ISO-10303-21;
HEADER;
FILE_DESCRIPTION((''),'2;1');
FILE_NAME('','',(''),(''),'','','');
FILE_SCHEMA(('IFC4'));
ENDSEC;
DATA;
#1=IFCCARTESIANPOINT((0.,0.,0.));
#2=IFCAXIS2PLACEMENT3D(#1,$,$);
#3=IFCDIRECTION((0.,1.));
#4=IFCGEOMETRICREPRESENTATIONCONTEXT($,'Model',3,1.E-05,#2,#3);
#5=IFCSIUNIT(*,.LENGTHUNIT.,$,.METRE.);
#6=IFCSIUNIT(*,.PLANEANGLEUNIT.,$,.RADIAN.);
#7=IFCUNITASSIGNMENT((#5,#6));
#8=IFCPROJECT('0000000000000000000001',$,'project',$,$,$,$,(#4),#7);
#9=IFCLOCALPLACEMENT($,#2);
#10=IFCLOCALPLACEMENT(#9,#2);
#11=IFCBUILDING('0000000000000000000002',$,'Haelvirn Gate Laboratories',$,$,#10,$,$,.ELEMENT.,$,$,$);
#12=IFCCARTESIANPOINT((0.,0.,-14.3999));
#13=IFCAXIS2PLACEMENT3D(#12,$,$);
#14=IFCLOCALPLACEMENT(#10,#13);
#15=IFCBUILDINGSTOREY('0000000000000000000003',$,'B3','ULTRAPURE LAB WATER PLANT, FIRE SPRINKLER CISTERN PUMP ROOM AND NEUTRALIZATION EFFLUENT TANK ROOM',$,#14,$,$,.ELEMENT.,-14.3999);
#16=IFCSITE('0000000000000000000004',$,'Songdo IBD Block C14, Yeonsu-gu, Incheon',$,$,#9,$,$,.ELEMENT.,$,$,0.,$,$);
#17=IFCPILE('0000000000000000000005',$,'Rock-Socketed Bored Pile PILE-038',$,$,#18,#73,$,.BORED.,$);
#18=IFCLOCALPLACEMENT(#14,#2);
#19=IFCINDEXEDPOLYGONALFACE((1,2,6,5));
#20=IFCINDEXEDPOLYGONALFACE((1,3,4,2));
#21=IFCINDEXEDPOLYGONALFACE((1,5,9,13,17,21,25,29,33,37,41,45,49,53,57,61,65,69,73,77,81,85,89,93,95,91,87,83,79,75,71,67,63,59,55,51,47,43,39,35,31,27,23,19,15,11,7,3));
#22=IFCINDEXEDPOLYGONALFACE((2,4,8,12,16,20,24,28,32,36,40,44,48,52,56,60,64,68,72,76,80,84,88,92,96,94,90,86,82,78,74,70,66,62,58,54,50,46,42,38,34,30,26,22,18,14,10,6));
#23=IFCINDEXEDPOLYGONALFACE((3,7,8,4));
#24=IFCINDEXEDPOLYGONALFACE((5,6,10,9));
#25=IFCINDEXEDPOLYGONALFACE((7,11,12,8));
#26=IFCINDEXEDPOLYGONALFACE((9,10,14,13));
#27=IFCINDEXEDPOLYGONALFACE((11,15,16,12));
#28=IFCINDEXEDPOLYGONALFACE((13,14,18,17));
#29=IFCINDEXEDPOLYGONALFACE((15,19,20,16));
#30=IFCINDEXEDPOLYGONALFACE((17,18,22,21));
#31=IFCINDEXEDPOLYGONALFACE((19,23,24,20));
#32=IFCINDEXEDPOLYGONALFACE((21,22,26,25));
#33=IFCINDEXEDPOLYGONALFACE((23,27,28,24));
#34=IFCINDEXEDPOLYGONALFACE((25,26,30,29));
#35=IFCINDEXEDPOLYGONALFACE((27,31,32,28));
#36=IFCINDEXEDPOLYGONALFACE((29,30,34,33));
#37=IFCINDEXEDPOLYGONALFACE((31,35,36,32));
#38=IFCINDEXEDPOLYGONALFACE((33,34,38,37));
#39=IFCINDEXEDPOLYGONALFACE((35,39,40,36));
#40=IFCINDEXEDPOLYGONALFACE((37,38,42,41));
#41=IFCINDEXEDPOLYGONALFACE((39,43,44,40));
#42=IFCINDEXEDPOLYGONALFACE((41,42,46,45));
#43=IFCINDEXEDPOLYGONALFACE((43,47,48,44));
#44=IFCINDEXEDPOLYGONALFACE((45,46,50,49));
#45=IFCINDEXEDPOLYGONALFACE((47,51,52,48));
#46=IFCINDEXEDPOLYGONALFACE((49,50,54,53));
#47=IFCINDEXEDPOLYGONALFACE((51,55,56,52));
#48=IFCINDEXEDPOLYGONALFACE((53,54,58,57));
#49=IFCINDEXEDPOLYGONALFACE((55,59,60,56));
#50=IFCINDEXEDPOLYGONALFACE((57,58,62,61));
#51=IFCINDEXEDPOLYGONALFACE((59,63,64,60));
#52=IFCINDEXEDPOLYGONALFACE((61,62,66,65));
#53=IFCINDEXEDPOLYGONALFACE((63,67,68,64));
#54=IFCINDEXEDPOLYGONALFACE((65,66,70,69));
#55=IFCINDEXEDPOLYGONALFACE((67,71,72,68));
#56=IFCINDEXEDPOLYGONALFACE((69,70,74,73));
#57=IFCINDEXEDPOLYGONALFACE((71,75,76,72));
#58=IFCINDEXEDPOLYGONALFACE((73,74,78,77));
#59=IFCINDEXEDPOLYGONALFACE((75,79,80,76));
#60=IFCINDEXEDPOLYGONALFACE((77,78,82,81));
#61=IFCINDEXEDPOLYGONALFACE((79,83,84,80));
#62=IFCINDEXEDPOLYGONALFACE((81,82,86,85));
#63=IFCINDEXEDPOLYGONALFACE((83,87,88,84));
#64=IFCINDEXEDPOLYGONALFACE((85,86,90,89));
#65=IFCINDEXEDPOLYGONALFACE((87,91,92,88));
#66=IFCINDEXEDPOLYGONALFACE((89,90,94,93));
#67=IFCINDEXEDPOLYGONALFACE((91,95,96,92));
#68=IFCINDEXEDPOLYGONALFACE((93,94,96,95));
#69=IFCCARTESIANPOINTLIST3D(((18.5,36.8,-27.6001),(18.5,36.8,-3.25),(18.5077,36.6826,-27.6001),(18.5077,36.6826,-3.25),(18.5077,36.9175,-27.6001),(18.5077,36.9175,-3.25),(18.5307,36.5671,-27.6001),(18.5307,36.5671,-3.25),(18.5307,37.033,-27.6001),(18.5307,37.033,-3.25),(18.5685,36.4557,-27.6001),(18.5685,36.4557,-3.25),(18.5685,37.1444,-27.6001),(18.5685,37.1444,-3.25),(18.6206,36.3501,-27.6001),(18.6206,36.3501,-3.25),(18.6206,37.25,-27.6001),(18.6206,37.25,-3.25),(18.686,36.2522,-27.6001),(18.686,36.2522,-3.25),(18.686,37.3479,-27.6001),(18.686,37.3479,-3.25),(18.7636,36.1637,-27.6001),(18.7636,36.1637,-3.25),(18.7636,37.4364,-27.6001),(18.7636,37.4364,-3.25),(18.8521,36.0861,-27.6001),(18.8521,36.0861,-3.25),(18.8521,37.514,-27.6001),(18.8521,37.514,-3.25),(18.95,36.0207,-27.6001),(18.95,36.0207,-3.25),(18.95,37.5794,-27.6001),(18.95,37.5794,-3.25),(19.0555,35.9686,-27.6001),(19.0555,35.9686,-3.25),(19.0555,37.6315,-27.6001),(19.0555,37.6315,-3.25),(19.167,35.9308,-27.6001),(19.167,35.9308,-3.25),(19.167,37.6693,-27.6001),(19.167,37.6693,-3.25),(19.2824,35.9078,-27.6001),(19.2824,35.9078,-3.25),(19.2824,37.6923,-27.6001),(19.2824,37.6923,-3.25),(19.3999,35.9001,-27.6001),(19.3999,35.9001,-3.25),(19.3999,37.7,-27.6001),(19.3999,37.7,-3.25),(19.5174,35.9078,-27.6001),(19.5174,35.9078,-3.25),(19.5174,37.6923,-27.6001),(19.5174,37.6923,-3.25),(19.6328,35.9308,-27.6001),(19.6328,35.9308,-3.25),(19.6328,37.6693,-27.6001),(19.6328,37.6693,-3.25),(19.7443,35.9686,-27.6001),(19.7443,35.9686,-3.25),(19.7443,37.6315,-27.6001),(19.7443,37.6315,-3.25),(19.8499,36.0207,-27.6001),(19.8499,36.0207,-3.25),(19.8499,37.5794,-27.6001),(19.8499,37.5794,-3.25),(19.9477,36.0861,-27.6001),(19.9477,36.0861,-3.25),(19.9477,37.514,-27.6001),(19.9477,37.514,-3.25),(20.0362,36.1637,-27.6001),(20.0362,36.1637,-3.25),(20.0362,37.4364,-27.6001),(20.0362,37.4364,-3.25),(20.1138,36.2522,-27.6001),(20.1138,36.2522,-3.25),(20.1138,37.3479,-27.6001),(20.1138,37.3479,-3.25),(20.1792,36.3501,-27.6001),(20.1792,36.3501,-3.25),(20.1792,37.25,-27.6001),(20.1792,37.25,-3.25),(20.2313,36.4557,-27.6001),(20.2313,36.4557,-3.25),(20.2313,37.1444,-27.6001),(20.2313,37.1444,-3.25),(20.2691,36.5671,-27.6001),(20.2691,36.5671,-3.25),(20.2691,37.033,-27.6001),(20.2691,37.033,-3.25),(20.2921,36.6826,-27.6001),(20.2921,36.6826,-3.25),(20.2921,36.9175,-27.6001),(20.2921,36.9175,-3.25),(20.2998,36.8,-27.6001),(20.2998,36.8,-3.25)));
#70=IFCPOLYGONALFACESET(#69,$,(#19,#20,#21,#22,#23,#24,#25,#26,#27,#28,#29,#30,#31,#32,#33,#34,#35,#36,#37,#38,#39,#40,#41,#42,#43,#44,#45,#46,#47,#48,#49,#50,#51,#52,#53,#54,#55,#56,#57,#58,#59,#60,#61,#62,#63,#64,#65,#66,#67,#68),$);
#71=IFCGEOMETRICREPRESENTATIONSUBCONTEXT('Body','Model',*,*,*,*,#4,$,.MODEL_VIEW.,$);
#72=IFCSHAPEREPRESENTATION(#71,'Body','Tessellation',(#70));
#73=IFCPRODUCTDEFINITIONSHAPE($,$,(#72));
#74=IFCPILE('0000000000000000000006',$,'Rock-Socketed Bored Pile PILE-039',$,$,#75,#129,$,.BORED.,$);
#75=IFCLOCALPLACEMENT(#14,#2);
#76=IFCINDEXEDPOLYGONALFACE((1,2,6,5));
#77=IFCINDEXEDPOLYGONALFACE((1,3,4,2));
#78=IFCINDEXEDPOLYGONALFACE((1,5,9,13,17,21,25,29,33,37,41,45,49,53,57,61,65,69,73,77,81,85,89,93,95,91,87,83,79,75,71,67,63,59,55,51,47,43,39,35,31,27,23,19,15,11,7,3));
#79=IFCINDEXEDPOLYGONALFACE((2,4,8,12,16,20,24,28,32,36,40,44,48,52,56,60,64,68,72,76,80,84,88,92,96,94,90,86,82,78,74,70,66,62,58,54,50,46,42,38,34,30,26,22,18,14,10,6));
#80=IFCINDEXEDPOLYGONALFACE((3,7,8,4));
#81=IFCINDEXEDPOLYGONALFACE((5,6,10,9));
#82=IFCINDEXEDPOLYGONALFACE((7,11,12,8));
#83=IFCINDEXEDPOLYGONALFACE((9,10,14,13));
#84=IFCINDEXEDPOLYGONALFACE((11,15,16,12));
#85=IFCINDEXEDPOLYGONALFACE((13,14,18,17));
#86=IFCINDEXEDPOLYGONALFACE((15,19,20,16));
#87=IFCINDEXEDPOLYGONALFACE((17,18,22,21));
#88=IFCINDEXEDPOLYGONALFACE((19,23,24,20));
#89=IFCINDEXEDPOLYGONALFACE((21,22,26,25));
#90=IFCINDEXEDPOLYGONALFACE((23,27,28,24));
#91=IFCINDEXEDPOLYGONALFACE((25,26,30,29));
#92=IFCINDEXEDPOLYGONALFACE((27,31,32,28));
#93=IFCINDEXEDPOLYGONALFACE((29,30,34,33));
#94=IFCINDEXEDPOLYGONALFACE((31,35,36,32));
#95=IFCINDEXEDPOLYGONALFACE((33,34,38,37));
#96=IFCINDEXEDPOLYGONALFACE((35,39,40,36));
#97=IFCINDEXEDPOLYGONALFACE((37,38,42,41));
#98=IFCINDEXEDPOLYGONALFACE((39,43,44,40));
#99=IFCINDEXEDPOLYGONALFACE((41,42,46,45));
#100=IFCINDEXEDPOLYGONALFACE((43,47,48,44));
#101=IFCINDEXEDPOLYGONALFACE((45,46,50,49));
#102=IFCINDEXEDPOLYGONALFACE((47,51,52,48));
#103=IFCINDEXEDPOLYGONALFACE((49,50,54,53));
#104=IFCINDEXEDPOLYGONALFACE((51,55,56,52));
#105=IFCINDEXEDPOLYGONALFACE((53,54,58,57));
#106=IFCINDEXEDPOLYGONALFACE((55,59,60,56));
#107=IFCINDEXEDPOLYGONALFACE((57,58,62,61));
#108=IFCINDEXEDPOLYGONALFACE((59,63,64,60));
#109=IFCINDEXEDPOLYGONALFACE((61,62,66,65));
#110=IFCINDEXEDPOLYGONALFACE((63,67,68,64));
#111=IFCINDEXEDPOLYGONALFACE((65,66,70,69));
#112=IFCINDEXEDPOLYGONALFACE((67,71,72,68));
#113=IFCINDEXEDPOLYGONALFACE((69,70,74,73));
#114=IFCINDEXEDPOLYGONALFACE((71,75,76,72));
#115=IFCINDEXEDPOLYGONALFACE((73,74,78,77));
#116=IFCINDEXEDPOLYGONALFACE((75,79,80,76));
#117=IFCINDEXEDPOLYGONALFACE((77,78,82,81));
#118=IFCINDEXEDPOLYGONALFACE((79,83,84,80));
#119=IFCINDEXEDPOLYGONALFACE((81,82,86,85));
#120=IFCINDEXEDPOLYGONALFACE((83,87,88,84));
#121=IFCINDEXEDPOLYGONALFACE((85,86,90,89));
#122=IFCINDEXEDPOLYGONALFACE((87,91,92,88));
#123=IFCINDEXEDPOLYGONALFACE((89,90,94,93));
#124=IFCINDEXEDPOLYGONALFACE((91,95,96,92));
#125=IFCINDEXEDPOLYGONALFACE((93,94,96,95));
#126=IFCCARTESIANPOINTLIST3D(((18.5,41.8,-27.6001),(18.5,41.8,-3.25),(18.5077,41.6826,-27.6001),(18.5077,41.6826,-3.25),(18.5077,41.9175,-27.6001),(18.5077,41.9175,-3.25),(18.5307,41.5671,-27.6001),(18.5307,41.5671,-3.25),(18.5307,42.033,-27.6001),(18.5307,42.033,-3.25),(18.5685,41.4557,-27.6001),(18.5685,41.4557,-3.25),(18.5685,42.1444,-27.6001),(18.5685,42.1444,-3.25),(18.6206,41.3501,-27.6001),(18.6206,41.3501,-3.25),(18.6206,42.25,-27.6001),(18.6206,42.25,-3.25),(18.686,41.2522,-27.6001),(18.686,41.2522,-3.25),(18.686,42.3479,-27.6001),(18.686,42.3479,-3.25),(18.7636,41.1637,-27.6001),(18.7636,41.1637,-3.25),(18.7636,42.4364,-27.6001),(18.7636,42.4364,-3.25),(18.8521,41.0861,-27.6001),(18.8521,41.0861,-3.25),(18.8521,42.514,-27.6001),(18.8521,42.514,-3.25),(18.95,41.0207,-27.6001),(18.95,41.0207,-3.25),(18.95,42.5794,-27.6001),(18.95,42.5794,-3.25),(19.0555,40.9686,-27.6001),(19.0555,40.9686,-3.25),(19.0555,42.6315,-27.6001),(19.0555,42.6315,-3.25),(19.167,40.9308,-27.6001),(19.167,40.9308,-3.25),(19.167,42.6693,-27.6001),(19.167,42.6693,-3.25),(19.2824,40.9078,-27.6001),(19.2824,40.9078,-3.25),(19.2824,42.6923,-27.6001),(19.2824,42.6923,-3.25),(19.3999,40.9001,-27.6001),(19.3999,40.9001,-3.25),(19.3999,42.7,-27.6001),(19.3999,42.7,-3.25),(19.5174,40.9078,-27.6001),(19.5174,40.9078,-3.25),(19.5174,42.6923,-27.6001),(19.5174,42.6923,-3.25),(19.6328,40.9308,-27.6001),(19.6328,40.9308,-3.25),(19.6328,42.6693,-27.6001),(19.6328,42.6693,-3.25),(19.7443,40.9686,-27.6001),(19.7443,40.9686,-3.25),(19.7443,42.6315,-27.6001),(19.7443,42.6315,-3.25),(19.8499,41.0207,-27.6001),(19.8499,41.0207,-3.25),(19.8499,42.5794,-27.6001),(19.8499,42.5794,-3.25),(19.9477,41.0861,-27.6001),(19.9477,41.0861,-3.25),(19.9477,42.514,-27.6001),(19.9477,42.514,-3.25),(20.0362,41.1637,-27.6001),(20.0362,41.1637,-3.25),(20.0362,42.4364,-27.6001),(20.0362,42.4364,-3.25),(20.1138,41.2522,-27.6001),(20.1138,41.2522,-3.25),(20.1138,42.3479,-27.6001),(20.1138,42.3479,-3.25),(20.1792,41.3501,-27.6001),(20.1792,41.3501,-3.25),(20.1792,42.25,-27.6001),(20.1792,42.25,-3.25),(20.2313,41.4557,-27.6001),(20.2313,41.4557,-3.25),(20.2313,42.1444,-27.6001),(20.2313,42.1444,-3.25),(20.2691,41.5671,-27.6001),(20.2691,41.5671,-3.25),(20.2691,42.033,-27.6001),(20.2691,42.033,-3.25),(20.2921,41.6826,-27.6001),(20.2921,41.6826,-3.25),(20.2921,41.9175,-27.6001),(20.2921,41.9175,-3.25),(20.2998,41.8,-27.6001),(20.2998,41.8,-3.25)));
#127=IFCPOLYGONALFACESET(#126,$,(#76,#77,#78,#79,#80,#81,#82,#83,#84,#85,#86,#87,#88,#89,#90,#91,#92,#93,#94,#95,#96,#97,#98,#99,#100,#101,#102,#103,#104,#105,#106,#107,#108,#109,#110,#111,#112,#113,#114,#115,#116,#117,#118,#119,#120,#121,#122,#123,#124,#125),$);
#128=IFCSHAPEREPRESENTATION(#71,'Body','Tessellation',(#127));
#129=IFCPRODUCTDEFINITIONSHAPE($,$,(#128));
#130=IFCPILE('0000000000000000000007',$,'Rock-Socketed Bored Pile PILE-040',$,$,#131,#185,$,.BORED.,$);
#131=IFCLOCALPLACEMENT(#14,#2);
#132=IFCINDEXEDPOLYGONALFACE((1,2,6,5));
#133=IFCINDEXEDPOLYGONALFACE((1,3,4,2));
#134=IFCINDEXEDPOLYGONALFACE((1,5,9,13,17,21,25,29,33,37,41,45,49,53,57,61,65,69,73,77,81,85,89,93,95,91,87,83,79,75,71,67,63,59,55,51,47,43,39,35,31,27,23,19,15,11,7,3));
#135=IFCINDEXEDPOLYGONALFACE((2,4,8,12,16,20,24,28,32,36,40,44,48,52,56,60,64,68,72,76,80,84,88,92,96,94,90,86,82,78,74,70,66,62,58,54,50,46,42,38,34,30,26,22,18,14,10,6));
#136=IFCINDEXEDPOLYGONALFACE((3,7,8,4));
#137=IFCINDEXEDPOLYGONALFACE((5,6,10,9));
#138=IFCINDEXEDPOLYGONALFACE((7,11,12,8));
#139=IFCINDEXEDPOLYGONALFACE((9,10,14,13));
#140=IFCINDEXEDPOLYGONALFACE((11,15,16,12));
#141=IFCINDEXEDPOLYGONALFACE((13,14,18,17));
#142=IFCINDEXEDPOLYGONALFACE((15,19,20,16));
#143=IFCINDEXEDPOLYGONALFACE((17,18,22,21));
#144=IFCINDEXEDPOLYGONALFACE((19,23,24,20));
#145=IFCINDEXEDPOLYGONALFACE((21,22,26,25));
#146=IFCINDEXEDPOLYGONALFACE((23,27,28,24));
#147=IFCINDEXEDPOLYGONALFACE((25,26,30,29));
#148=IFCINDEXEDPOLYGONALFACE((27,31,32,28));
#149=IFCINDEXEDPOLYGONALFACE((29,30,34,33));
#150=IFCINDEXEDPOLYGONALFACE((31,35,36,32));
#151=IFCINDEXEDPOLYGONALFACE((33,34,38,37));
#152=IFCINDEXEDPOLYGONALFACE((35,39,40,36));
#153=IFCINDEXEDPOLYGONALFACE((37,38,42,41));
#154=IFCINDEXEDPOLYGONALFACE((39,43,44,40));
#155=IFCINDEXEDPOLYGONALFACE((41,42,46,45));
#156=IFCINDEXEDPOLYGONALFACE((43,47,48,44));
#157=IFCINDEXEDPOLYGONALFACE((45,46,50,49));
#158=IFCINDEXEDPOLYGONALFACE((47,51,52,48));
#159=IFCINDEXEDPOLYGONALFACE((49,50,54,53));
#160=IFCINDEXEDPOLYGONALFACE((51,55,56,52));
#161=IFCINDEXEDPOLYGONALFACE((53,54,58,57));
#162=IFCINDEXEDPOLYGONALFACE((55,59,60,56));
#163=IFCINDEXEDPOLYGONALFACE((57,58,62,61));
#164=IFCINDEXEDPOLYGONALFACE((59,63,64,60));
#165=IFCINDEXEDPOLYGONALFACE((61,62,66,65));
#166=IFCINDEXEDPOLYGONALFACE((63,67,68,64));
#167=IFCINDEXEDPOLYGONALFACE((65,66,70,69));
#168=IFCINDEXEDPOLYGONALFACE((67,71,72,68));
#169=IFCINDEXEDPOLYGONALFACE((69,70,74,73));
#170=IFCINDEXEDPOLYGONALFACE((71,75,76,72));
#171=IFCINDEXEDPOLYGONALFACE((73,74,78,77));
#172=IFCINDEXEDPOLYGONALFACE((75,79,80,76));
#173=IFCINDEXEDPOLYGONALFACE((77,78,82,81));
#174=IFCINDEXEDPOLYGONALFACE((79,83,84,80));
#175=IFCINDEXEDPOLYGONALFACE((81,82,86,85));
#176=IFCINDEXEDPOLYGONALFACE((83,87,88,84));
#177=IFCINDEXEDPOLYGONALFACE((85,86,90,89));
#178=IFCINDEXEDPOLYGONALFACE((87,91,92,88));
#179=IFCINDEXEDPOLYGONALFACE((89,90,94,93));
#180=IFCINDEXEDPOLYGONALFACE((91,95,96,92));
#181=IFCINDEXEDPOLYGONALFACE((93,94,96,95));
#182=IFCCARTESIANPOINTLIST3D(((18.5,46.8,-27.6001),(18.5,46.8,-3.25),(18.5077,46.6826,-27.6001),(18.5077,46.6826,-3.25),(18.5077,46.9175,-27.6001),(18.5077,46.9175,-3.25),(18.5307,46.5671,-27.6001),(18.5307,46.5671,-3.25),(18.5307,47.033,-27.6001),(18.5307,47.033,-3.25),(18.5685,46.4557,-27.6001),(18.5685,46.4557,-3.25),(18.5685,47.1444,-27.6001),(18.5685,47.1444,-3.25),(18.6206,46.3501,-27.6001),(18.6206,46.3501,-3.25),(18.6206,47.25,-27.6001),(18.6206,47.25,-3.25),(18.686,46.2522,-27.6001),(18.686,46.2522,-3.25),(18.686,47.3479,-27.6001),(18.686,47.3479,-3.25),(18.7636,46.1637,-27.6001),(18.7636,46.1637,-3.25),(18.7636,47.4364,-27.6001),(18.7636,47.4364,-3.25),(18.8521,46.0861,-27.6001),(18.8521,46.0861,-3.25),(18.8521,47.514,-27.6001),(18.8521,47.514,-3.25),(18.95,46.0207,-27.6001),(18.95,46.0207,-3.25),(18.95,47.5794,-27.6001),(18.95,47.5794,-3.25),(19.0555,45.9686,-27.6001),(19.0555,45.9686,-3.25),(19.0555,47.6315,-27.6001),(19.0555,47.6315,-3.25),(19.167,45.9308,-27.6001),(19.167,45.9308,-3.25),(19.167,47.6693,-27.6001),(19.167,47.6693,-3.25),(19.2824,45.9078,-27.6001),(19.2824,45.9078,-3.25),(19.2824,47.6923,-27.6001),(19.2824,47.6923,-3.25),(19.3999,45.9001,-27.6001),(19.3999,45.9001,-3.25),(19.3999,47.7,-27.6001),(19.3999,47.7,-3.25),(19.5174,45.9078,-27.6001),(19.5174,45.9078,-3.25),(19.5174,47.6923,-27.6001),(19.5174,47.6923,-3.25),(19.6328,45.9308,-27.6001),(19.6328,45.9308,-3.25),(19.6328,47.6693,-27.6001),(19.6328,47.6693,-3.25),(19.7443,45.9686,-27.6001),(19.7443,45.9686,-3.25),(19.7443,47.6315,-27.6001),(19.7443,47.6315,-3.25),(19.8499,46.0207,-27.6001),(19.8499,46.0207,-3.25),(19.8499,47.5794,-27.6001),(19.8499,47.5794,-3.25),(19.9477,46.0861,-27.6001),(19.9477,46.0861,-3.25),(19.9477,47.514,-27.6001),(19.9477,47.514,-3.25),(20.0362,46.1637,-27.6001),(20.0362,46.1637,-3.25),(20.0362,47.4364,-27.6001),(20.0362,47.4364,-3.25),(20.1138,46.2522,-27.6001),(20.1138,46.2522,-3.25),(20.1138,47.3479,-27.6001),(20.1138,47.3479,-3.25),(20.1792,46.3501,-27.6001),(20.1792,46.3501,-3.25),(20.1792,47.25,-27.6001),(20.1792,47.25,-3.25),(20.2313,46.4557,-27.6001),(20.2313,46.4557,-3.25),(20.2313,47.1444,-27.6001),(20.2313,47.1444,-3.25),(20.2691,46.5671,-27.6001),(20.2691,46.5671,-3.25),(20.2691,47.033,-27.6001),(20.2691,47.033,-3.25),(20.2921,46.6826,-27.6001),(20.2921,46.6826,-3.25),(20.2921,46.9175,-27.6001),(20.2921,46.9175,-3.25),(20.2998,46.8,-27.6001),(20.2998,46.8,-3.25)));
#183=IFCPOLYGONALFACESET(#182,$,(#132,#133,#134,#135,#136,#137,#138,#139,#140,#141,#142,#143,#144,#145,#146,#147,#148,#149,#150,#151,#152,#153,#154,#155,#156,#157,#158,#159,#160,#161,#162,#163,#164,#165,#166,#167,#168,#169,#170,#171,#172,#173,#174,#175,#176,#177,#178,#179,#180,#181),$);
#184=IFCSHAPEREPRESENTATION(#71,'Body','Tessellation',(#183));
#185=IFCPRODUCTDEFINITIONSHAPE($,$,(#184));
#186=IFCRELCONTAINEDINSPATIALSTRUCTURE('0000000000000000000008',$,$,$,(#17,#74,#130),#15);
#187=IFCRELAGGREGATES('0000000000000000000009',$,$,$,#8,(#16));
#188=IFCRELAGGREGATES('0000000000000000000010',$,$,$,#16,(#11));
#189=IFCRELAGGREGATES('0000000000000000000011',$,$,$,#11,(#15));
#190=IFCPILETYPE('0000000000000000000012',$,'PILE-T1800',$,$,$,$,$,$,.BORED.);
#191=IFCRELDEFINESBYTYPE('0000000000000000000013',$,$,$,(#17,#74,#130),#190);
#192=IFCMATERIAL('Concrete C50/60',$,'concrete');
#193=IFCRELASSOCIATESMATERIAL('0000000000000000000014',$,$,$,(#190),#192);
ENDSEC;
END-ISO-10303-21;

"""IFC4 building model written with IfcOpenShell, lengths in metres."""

from ifc_helpers import new_model, si_unit, direction, frame, origin, origin_2d, place, context, subcontext, project, spatial, circle, extrude, source, transform, mapped, material, material_profile, profile_set, type_object, element, save


model = new_model("IFC4")

# Units and contexts
model_context = context("Model", 3, precision=1e-05, world=origin(), true_north=direction((0.0, 1.0)))
body_context = subcontext(model_context, "Body", "Model", "MODEL_VIEW")
ifc_project = project(units=[si_unit("LENGTHUNIT", "METRE"), si_unit("PLANEANGLEUNIT", "RADIAN")], contexts=[model_context])

# Site, building, storey
site_placement = place(None, origin())
site = spatial("IfcSite", under=ifc_project, at=site_placement, Name="Songdo IBD Block C14, Yeonsu-gu, Incheon", CompositionType="ELEMENT", RefElevation=0.0)
building_placement = place(site_placement, origin())
building = spatial("IfcBuilding", under=site, at=building_placement, Name="Haelvirn Gate Laboratories", CompositionType="ELEMENT")
storey_placement = place(building_placement, frame((0.0, 0.0, -14.3999)))
storey = spatial("IfcBuildingStorey", under=building, at=storey_placement, Name="B3", Description="ULTRAPURE LAB WATER PLANT, FIRE SPRINKLER CISTERN PUMP ROOM AND NEUTRALIZATION EFFLUENT TANK ROOM", CompositionType="ELEMENT", Elevation=-14.3999)

# Piles
ifc_material_1 = material(Name="Concrete C50/60", Category="concrete")
ifc_material_profile_1 = material_profile(ifc_material_1, circle(Radius=0.8999, at=origin_2d()), Name="PILE-D1800")
ifc_profile_set_1 = profile_set([ifc_material_profile_1], Name="Concrete C50/60")
pile_type = type_object("IfcPileType", Name="PILE-T1800", PredefinedType="BORED", material=ifc_profile_set_1)
shared_shape_1 = source(origin(), body_context, "Body", "SweptSolid", [
    extrude(circle(Radius=0.8999, at=origin_2d()), origin(), (0.0, 0.0, 1.0), 24.3501),
])
for number, where, z_axis, x_axis, name in (
    (1, (19.3999, 36.8, -3.25), (0.0, 0.0, -1.0), (1.0, 0.0, 0.0), "Rock-Socketed Bored Pile PILE-038"),
    (2, (19.3999, 41.8, -3.25), (0.0, 0.0, -1.0), (1.0, 0.0, 0.0), "Rock-Socketed Bored Pile PILE-039"),
    (3, (19.3999, 46.8, -3.25), (0.0, 0.0, -1.0), (1.0, 0.0, 0.0), "Rock-Socketed Bored Pile PILE-040"),
):
    element("IfcPile", number, at=place(storey_placement, frame(where, z_axis=z_axis, x_axis=x_axis)), inside=storey, type_object=pile_type, Name=name, PredefinedType="BORED", context=body_context, shape_type="MappedRepresentation", body=[
        mapped(shared_shape_1, transform((0.0, 0.0, 0.0), scale=1.0)),
    ])

save(model, "model.ifc")
